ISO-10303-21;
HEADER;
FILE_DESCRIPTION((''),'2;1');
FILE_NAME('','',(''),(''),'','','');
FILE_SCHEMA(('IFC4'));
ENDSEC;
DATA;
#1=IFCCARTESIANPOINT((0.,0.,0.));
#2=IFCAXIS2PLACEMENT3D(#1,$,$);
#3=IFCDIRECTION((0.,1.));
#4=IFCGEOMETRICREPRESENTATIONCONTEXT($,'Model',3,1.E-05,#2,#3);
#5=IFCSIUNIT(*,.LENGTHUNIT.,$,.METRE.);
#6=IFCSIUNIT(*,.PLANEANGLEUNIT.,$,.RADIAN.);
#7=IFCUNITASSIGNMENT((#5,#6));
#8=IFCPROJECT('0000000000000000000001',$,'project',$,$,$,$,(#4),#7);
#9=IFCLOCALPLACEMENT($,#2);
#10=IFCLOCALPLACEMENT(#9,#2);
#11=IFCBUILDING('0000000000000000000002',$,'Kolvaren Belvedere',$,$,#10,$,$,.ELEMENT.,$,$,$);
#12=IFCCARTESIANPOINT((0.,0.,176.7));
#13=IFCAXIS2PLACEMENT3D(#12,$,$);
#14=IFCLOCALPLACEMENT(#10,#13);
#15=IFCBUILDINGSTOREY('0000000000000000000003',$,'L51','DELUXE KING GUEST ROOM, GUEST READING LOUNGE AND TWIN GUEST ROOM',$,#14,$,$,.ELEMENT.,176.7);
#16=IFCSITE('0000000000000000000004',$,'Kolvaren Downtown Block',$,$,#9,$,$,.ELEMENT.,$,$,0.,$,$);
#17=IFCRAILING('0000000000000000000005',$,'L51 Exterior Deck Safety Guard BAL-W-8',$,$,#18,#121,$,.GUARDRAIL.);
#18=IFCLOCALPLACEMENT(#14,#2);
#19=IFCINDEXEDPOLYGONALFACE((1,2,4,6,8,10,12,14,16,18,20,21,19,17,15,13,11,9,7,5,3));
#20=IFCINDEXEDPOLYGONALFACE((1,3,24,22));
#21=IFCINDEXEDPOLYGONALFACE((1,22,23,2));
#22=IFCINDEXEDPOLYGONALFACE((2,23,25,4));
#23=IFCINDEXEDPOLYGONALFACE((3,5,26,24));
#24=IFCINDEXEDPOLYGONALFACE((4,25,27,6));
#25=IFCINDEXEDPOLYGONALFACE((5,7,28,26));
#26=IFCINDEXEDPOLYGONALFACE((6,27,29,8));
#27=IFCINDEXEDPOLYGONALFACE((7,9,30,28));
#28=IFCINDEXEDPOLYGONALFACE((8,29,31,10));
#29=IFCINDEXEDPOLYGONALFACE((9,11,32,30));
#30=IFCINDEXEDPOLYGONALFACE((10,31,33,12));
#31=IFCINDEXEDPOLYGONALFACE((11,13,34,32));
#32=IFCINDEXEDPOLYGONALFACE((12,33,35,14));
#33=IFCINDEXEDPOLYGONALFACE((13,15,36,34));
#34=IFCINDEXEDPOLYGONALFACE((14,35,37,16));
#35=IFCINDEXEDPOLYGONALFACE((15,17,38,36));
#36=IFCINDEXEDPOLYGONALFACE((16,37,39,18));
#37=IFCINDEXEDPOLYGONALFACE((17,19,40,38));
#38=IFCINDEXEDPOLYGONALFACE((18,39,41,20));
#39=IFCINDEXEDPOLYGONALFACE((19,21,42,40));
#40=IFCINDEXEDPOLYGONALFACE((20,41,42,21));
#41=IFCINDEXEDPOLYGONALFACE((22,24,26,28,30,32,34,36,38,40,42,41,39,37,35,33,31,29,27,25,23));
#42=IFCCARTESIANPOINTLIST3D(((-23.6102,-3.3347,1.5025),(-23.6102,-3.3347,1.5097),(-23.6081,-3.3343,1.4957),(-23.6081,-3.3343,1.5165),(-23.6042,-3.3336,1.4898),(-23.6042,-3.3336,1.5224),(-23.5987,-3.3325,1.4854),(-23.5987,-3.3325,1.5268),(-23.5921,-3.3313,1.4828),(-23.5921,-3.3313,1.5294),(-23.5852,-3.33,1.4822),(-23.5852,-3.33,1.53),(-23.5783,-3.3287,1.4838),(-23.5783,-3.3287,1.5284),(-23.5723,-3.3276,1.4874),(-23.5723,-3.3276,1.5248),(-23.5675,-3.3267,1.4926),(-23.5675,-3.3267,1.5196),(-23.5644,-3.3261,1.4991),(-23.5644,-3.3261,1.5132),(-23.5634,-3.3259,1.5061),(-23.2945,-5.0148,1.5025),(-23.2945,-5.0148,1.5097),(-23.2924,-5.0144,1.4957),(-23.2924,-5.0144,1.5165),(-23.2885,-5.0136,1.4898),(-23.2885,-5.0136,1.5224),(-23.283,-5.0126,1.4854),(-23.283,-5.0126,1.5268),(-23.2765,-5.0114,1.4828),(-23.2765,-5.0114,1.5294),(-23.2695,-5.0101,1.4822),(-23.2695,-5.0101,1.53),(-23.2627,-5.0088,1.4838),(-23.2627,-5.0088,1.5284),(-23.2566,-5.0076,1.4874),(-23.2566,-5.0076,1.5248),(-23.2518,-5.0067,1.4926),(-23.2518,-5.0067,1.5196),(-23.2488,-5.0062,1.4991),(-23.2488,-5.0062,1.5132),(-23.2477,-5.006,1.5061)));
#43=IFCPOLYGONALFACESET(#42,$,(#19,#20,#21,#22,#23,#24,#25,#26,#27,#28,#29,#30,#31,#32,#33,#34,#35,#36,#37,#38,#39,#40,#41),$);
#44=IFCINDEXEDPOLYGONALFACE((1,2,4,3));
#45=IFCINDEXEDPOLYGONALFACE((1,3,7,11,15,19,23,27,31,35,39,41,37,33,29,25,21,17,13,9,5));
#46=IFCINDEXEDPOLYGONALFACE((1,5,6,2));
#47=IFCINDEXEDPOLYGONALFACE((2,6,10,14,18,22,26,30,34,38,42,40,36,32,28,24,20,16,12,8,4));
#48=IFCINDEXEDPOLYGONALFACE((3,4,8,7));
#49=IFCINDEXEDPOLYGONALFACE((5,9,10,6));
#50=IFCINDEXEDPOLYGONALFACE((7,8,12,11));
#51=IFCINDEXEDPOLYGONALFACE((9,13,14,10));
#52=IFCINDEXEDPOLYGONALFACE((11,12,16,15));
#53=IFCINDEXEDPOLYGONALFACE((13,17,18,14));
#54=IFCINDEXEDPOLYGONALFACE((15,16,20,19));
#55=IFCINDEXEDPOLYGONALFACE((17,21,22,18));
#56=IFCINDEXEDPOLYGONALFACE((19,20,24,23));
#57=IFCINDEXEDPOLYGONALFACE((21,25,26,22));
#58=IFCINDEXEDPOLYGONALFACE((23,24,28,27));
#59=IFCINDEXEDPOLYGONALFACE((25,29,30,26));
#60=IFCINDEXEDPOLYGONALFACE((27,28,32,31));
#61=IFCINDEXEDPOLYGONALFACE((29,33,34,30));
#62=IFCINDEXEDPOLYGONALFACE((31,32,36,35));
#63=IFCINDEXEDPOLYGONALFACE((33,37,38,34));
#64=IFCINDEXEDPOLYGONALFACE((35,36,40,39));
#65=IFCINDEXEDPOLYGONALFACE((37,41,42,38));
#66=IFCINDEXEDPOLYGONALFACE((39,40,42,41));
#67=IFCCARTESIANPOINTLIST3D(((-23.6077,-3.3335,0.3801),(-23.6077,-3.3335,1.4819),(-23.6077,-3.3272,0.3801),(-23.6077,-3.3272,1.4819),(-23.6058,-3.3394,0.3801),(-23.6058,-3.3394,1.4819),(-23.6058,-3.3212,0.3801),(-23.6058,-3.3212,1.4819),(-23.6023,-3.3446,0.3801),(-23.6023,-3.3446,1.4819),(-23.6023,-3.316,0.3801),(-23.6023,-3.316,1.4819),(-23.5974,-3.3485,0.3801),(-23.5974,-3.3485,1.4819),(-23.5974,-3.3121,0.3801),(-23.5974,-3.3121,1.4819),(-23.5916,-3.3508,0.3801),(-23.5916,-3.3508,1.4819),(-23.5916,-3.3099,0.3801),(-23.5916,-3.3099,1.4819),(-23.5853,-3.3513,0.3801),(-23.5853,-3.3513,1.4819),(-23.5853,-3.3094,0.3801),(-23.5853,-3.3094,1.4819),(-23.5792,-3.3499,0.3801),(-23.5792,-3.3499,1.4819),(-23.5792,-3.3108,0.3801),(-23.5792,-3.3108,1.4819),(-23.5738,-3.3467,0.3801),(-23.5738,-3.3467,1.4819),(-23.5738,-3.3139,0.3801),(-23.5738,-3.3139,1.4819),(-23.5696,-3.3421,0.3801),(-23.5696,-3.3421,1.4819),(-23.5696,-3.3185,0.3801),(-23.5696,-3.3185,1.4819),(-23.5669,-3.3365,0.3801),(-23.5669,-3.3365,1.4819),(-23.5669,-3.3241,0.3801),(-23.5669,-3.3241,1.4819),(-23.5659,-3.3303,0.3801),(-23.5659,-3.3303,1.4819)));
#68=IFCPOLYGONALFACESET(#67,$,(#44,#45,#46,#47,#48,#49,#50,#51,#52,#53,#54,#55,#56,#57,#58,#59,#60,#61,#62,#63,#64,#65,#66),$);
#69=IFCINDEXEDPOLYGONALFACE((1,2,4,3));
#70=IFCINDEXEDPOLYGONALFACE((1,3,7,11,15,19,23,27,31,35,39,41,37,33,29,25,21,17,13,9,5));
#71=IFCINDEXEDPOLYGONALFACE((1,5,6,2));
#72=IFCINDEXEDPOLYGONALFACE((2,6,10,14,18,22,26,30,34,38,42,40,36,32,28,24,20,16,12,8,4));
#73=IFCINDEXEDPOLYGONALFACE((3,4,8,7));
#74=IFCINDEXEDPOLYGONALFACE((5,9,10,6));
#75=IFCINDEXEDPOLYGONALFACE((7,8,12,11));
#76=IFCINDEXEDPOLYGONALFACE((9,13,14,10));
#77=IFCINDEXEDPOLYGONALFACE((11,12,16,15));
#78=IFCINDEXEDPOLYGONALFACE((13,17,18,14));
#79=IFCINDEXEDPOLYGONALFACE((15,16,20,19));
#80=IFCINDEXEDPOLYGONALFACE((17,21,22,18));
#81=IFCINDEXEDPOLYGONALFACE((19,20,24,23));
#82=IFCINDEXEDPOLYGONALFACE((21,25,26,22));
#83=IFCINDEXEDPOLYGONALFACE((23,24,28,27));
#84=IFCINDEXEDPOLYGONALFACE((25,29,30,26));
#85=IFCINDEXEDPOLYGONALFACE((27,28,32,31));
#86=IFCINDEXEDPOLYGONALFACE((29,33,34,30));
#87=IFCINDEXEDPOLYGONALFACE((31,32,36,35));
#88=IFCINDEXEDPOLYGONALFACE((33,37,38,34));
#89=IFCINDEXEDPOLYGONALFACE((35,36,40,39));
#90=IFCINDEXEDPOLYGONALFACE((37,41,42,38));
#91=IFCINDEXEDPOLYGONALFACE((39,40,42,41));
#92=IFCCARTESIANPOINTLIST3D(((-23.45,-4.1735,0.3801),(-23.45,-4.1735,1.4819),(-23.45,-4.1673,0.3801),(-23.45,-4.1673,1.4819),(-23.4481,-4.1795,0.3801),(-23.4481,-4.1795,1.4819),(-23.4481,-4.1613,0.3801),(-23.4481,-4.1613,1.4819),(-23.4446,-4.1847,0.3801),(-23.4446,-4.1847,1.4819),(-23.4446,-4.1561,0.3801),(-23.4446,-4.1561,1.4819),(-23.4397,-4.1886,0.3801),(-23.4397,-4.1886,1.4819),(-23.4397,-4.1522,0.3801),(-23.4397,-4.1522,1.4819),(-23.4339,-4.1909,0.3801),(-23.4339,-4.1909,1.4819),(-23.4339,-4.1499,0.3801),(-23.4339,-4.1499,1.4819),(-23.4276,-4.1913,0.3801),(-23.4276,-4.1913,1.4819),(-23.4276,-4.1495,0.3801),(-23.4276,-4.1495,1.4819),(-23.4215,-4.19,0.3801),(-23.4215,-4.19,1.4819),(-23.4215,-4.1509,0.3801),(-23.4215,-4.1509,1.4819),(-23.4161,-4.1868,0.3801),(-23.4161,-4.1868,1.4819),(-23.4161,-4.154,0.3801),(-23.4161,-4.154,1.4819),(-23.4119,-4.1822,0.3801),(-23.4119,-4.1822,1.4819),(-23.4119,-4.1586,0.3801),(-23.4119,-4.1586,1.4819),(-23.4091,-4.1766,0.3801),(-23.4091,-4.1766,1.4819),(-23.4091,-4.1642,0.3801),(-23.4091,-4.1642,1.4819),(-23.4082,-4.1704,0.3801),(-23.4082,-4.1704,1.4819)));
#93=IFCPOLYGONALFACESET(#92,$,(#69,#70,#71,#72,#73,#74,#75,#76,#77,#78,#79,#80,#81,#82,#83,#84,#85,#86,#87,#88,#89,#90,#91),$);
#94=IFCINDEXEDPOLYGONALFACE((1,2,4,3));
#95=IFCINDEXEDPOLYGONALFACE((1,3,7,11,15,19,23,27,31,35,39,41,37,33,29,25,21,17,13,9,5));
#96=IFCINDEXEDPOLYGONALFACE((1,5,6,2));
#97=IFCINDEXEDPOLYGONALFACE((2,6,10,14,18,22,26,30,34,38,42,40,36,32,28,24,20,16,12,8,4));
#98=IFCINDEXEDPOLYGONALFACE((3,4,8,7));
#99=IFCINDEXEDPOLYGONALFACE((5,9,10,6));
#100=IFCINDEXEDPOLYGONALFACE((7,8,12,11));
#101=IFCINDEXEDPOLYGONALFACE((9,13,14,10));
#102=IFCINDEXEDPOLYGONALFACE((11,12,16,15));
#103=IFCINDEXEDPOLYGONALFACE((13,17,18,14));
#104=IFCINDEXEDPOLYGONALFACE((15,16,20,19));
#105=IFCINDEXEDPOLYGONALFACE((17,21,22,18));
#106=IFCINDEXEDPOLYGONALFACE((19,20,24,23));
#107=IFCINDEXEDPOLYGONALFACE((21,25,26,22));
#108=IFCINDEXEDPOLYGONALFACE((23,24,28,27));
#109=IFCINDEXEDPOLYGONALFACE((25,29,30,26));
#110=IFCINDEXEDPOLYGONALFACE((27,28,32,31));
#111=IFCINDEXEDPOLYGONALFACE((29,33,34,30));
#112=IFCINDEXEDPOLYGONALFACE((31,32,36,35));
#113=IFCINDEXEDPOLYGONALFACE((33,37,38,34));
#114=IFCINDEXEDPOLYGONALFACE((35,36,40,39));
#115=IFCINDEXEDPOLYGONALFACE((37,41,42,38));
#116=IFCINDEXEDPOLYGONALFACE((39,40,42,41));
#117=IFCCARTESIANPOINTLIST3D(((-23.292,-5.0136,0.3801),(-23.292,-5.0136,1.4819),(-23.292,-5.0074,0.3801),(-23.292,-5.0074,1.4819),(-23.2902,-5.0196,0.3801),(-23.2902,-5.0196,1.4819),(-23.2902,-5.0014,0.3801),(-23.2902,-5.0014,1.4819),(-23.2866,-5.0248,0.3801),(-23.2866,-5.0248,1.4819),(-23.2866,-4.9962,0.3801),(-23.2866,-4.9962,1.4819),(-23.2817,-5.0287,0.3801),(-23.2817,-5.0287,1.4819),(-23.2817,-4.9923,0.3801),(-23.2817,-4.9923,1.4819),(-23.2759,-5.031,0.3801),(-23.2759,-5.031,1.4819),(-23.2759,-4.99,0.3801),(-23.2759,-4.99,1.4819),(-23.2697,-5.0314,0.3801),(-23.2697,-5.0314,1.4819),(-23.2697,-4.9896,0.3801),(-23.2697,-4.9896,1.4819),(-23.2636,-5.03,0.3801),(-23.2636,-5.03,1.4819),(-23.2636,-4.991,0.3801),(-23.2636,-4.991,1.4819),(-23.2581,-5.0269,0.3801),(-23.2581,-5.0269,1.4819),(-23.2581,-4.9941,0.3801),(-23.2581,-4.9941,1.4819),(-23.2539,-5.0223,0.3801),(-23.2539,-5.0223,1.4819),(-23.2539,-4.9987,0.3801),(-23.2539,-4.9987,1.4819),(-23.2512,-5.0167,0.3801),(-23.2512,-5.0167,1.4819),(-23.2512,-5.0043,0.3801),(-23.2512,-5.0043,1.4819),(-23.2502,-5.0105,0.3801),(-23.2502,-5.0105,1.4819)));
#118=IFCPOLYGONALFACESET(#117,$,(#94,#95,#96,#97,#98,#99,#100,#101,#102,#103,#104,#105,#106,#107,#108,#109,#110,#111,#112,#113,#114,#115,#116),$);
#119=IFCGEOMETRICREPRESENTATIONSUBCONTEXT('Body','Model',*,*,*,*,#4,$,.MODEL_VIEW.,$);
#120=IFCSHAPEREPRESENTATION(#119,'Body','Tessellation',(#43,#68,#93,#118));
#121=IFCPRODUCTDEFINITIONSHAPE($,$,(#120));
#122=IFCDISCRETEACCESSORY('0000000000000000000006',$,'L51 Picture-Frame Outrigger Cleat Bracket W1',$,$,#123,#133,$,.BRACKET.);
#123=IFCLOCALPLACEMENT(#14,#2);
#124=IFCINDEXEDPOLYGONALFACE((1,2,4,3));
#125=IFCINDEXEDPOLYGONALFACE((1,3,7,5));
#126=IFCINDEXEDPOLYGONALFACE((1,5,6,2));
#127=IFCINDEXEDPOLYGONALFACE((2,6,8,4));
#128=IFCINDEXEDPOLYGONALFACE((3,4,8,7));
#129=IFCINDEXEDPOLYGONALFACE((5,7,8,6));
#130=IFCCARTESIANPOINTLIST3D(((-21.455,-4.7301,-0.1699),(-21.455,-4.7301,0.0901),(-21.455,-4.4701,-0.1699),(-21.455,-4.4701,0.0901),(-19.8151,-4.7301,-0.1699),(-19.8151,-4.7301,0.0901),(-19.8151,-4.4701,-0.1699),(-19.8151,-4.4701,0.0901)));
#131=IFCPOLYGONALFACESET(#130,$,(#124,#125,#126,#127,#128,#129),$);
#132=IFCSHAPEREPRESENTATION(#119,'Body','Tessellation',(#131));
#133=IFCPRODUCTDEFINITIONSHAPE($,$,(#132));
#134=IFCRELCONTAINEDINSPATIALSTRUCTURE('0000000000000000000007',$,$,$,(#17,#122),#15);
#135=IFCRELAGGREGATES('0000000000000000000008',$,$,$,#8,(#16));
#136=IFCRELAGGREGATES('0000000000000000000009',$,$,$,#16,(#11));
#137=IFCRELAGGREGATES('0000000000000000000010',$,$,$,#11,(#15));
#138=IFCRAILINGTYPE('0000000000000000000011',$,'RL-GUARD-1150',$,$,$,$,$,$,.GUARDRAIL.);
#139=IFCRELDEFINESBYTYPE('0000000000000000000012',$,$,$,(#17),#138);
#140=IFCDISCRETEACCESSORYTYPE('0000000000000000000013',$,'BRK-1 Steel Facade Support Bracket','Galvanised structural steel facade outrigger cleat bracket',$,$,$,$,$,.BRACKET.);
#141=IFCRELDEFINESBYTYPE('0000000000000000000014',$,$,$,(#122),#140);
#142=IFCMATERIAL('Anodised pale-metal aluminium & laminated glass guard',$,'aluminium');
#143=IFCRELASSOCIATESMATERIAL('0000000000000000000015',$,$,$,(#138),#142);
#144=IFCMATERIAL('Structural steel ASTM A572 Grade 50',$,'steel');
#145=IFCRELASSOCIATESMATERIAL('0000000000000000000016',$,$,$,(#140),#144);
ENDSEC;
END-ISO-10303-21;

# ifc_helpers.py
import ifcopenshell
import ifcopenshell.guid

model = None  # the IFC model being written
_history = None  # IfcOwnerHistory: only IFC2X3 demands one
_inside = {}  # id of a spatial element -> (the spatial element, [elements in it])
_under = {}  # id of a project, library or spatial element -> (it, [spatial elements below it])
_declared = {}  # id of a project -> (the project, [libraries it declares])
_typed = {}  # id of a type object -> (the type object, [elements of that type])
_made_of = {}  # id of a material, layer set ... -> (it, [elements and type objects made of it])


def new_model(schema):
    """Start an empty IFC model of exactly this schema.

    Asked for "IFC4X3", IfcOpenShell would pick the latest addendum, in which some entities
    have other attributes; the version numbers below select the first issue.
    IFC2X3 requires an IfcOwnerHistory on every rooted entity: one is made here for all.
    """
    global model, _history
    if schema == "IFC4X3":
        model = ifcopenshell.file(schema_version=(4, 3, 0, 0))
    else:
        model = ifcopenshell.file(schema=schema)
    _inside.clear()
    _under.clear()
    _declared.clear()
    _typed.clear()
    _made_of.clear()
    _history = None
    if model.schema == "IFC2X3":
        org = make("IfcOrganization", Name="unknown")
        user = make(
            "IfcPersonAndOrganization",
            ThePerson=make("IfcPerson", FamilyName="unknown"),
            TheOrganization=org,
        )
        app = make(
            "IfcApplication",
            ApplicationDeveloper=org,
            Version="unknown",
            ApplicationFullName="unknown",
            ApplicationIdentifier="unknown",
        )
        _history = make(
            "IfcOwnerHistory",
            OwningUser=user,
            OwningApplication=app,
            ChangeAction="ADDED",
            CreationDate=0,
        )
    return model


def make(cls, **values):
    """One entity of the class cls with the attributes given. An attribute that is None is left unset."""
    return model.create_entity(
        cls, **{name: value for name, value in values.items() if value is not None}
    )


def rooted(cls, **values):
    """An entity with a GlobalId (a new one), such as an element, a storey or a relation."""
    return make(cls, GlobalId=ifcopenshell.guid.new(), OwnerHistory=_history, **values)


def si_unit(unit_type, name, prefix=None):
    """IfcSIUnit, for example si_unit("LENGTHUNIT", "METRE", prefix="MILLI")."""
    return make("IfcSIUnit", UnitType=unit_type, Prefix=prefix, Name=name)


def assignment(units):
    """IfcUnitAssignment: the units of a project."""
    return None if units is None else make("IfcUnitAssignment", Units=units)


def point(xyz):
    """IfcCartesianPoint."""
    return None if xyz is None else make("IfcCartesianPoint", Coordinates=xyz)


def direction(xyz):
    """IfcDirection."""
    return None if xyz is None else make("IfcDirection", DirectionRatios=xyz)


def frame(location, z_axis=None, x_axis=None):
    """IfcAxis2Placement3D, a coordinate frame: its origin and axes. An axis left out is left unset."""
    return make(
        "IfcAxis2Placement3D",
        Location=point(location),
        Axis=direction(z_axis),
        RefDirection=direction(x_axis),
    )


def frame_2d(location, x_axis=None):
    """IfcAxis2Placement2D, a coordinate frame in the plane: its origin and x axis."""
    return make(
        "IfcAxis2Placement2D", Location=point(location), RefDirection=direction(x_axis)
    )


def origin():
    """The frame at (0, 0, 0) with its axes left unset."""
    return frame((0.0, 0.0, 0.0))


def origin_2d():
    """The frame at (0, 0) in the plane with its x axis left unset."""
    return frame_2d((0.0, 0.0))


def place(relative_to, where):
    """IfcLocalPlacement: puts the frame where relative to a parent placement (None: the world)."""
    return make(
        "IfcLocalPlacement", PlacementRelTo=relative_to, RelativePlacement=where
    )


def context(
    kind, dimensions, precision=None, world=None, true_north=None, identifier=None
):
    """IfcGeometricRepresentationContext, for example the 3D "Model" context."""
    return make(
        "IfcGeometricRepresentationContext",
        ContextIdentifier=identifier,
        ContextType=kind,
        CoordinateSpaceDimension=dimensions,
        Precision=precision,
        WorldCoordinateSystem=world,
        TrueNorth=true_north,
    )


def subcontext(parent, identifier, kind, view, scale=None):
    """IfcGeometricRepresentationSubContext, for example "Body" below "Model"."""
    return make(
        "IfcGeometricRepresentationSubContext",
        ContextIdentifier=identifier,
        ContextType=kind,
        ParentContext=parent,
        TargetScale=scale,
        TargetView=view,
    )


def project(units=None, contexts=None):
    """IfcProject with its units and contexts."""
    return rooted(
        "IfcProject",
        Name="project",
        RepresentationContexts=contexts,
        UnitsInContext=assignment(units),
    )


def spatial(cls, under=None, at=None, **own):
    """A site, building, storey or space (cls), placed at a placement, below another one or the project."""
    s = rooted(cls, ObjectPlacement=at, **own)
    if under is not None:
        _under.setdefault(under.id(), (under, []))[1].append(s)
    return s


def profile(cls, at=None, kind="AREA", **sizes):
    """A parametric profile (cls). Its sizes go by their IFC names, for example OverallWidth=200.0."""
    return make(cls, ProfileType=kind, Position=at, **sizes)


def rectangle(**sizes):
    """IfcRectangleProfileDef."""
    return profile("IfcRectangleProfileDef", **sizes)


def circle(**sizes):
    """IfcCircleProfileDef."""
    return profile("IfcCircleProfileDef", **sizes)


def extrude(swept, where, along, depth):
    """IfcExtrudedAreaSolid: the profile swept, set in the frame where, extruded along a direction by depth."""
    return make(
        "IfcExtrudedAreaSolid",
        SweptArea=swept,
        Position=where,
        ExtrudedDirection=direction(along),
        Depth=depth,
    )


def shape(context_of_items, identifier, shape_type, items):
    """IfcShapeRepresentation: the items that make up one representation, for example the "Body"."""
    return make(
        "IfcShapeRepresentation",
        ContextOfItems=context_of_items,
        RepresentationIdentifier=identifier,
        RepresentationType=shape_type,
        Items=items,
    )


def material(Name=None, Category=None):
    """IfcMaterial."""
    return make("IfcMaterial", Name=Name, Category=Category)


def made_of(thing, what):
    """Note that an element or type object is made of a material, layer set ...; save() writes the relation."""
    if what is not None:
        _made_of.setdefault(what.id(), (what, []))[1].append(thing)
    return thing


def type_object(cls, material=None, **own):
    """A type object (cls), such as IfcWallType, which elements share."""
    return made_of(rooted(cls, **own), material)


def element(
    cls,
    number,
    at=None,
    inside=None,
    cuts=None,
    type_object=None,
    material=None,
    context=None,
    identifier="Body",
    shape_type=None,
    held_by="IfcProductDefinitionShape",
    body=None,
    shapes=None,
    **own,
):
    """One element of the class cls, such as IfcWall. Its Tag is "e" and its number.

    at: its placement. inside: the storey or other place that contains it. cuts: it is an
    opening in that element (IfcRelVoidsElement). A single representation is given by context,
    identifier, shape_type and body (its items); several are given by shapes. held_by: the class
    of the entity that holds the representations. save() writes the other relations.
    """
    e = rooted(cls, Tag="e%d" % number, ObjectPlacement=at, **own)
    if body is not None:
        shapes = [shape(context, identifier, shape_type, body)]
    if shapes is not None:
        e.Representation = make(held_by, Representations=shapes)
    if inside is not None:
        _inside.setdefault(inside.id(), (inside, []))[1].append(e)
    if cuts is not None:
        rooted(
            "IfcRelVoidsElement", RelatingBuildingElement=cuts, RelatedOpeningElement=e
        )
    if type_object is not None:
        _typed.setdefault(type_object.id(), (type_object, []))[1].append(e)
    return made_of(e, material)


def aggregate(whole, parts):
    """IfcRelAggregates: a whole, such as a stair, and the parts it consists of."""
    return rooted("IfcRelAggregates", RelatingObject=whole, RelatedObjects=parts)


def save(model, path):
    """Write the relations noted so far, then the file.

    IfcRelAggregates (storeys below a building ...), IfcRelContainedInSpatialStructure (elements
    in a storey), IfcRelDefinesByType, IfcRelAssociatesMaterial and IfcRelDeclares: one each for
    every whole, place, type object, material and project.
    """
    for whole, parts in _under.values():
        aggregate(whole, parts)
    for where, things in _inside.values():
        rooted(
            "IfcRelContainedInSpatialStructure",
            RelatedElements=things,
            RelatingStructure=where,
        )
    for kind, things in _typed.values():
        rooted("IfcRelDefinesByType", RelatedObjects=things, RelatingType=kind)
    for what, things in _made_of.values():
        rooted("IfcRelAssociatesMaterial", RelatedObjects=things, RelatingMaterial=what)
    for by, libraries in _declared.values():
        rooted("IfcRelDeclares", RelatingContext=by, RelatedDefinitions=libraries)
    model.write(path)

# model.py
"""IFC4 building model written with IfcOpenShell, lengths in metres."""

from ifc_helpers import new_model, si_unit, direction, frame, origin, origin_2d, place, context, subcontext, project, spatial, rectangle, circle, extrude, material, type_object, element, save


model = new_model("IFC4")

# Units and contexts
model_context = context("Model", 3, precision=1e-05, world=origin(), true_north=direction((0.0, 1.0)))
body_context = subcontext(model_context, "Body", "Model", "MODEL_VIEW")
ifc_project = project(units=[si_unit("LENGTHUNIT", "METRE"), si_unit("PLANEANGLEUNIT", "RADIAN")], contexts=[model_context])

# Site, building, storey
site_placement = place(None, origin())
site = spatial("IfcSite", under=ifc_project, at=site_placement, Name="Kolvaren Downtown Block", CompositionType="ELEMENT", RefElevation=0.0)
building_placement = place(site_placement, origin())
building = spatial("IfcBuilding", under=site, at=building_placement, Name="Kolvaren Belvedere", CompositionType="ELEMENT")
storey_placement = place(building_placement, frame((0.0, 0.0, 176.7)))
storey = spatial("IfcBuildingStorey", under=building, at=storey_placement, Name="L51", Description="DELUXE KING GUEST ROOM, GUEST READING LOUNGE AND TWIN GUEST ROOM", CompositionType="ELEMENT", Elevation=176.7)

# Railing
ifc_material_1 = material(Name="Anodised pale-metal aluminium & laminated glass guard", Category="aluminium")
railing_type = type_object("IfcRailingType", Name="RL-GUARD-1150", PredefinedType="GUARDRAIL", material=ifc_material_1)
railing_1_placement = place(storey_placement, frame((-23.5869, -3.3303, 0.3801)))
element("IfcRailing", 1, at=railing_1_placement, inside=storey, type_object=railing_type, Name="L51 Exterior Deck Safety Guard BAL-W-8", PredefinedType="GUARDRAIL", context=body_context, shape_type="SweptSolid", body=[
    extrude(circle(Radius=0.0239, at=origin_2d()), frame((0.0, 0.0, 1.126), z_axis=(0.184651, -0.982804, 0.0), x_axis=(0.982804, 0.184651, 0.0)), (0.0, 0.0, 1.0), 1.7095),
    extrude(circle(Radius=0.021, at=origin_2d()), origin(), (0.0, 0.0, 1.0), 1.1018),
    extrude(circle(Radius=0.021, at=origin_2d()), frame((0.1577, -0.8401, 0.0)), (0.0, 0.0, 1.0), 1.1018),
    extrude(circle(Radius=0.021, at=origin_2d()), frame((0.3157, -1.6802, 0.0)), (0.0, 0.0, 1.0), 1.1018),
])

# Discrete accessory
ifc_material_2 = material(Name="Structural steel ASTM A572 Grade 50", Category="steel")
discrete_accessory_type = type_object("IfcDiscreteAccessoryType", Name="BRK-1 Steel Facade Support Bracket", Description="Galvanised structural steel facade outrigger cleat bracket", PredefinedType="BRACKET", material=ifc_material_2)
discrete_accessory_placement = place(storey_placement, frame((-20.635, -4.6001, -0.1699), z_axis=(0.0, 0.0, 1.0), x_axis=(1.0, 0.0, 0.0)))
element("IfcDiscreteAccessory", 2, at=discrete_accessory_placement, inside=storey, type_object=discrete_accessory_type, Name="L51 Picture-Frame Outrigger Cleat Bracket W1", PredefinedType="BRACKET", context=body_context, shape_type="SweptSolid", body=[
    extrude(rectangle(XDim=1.6399, YDim=0.26, at=origin_2d()), origin(), (0.0, 0.0, 1.0), 0.26),
])

save(model, "model.ifc")
